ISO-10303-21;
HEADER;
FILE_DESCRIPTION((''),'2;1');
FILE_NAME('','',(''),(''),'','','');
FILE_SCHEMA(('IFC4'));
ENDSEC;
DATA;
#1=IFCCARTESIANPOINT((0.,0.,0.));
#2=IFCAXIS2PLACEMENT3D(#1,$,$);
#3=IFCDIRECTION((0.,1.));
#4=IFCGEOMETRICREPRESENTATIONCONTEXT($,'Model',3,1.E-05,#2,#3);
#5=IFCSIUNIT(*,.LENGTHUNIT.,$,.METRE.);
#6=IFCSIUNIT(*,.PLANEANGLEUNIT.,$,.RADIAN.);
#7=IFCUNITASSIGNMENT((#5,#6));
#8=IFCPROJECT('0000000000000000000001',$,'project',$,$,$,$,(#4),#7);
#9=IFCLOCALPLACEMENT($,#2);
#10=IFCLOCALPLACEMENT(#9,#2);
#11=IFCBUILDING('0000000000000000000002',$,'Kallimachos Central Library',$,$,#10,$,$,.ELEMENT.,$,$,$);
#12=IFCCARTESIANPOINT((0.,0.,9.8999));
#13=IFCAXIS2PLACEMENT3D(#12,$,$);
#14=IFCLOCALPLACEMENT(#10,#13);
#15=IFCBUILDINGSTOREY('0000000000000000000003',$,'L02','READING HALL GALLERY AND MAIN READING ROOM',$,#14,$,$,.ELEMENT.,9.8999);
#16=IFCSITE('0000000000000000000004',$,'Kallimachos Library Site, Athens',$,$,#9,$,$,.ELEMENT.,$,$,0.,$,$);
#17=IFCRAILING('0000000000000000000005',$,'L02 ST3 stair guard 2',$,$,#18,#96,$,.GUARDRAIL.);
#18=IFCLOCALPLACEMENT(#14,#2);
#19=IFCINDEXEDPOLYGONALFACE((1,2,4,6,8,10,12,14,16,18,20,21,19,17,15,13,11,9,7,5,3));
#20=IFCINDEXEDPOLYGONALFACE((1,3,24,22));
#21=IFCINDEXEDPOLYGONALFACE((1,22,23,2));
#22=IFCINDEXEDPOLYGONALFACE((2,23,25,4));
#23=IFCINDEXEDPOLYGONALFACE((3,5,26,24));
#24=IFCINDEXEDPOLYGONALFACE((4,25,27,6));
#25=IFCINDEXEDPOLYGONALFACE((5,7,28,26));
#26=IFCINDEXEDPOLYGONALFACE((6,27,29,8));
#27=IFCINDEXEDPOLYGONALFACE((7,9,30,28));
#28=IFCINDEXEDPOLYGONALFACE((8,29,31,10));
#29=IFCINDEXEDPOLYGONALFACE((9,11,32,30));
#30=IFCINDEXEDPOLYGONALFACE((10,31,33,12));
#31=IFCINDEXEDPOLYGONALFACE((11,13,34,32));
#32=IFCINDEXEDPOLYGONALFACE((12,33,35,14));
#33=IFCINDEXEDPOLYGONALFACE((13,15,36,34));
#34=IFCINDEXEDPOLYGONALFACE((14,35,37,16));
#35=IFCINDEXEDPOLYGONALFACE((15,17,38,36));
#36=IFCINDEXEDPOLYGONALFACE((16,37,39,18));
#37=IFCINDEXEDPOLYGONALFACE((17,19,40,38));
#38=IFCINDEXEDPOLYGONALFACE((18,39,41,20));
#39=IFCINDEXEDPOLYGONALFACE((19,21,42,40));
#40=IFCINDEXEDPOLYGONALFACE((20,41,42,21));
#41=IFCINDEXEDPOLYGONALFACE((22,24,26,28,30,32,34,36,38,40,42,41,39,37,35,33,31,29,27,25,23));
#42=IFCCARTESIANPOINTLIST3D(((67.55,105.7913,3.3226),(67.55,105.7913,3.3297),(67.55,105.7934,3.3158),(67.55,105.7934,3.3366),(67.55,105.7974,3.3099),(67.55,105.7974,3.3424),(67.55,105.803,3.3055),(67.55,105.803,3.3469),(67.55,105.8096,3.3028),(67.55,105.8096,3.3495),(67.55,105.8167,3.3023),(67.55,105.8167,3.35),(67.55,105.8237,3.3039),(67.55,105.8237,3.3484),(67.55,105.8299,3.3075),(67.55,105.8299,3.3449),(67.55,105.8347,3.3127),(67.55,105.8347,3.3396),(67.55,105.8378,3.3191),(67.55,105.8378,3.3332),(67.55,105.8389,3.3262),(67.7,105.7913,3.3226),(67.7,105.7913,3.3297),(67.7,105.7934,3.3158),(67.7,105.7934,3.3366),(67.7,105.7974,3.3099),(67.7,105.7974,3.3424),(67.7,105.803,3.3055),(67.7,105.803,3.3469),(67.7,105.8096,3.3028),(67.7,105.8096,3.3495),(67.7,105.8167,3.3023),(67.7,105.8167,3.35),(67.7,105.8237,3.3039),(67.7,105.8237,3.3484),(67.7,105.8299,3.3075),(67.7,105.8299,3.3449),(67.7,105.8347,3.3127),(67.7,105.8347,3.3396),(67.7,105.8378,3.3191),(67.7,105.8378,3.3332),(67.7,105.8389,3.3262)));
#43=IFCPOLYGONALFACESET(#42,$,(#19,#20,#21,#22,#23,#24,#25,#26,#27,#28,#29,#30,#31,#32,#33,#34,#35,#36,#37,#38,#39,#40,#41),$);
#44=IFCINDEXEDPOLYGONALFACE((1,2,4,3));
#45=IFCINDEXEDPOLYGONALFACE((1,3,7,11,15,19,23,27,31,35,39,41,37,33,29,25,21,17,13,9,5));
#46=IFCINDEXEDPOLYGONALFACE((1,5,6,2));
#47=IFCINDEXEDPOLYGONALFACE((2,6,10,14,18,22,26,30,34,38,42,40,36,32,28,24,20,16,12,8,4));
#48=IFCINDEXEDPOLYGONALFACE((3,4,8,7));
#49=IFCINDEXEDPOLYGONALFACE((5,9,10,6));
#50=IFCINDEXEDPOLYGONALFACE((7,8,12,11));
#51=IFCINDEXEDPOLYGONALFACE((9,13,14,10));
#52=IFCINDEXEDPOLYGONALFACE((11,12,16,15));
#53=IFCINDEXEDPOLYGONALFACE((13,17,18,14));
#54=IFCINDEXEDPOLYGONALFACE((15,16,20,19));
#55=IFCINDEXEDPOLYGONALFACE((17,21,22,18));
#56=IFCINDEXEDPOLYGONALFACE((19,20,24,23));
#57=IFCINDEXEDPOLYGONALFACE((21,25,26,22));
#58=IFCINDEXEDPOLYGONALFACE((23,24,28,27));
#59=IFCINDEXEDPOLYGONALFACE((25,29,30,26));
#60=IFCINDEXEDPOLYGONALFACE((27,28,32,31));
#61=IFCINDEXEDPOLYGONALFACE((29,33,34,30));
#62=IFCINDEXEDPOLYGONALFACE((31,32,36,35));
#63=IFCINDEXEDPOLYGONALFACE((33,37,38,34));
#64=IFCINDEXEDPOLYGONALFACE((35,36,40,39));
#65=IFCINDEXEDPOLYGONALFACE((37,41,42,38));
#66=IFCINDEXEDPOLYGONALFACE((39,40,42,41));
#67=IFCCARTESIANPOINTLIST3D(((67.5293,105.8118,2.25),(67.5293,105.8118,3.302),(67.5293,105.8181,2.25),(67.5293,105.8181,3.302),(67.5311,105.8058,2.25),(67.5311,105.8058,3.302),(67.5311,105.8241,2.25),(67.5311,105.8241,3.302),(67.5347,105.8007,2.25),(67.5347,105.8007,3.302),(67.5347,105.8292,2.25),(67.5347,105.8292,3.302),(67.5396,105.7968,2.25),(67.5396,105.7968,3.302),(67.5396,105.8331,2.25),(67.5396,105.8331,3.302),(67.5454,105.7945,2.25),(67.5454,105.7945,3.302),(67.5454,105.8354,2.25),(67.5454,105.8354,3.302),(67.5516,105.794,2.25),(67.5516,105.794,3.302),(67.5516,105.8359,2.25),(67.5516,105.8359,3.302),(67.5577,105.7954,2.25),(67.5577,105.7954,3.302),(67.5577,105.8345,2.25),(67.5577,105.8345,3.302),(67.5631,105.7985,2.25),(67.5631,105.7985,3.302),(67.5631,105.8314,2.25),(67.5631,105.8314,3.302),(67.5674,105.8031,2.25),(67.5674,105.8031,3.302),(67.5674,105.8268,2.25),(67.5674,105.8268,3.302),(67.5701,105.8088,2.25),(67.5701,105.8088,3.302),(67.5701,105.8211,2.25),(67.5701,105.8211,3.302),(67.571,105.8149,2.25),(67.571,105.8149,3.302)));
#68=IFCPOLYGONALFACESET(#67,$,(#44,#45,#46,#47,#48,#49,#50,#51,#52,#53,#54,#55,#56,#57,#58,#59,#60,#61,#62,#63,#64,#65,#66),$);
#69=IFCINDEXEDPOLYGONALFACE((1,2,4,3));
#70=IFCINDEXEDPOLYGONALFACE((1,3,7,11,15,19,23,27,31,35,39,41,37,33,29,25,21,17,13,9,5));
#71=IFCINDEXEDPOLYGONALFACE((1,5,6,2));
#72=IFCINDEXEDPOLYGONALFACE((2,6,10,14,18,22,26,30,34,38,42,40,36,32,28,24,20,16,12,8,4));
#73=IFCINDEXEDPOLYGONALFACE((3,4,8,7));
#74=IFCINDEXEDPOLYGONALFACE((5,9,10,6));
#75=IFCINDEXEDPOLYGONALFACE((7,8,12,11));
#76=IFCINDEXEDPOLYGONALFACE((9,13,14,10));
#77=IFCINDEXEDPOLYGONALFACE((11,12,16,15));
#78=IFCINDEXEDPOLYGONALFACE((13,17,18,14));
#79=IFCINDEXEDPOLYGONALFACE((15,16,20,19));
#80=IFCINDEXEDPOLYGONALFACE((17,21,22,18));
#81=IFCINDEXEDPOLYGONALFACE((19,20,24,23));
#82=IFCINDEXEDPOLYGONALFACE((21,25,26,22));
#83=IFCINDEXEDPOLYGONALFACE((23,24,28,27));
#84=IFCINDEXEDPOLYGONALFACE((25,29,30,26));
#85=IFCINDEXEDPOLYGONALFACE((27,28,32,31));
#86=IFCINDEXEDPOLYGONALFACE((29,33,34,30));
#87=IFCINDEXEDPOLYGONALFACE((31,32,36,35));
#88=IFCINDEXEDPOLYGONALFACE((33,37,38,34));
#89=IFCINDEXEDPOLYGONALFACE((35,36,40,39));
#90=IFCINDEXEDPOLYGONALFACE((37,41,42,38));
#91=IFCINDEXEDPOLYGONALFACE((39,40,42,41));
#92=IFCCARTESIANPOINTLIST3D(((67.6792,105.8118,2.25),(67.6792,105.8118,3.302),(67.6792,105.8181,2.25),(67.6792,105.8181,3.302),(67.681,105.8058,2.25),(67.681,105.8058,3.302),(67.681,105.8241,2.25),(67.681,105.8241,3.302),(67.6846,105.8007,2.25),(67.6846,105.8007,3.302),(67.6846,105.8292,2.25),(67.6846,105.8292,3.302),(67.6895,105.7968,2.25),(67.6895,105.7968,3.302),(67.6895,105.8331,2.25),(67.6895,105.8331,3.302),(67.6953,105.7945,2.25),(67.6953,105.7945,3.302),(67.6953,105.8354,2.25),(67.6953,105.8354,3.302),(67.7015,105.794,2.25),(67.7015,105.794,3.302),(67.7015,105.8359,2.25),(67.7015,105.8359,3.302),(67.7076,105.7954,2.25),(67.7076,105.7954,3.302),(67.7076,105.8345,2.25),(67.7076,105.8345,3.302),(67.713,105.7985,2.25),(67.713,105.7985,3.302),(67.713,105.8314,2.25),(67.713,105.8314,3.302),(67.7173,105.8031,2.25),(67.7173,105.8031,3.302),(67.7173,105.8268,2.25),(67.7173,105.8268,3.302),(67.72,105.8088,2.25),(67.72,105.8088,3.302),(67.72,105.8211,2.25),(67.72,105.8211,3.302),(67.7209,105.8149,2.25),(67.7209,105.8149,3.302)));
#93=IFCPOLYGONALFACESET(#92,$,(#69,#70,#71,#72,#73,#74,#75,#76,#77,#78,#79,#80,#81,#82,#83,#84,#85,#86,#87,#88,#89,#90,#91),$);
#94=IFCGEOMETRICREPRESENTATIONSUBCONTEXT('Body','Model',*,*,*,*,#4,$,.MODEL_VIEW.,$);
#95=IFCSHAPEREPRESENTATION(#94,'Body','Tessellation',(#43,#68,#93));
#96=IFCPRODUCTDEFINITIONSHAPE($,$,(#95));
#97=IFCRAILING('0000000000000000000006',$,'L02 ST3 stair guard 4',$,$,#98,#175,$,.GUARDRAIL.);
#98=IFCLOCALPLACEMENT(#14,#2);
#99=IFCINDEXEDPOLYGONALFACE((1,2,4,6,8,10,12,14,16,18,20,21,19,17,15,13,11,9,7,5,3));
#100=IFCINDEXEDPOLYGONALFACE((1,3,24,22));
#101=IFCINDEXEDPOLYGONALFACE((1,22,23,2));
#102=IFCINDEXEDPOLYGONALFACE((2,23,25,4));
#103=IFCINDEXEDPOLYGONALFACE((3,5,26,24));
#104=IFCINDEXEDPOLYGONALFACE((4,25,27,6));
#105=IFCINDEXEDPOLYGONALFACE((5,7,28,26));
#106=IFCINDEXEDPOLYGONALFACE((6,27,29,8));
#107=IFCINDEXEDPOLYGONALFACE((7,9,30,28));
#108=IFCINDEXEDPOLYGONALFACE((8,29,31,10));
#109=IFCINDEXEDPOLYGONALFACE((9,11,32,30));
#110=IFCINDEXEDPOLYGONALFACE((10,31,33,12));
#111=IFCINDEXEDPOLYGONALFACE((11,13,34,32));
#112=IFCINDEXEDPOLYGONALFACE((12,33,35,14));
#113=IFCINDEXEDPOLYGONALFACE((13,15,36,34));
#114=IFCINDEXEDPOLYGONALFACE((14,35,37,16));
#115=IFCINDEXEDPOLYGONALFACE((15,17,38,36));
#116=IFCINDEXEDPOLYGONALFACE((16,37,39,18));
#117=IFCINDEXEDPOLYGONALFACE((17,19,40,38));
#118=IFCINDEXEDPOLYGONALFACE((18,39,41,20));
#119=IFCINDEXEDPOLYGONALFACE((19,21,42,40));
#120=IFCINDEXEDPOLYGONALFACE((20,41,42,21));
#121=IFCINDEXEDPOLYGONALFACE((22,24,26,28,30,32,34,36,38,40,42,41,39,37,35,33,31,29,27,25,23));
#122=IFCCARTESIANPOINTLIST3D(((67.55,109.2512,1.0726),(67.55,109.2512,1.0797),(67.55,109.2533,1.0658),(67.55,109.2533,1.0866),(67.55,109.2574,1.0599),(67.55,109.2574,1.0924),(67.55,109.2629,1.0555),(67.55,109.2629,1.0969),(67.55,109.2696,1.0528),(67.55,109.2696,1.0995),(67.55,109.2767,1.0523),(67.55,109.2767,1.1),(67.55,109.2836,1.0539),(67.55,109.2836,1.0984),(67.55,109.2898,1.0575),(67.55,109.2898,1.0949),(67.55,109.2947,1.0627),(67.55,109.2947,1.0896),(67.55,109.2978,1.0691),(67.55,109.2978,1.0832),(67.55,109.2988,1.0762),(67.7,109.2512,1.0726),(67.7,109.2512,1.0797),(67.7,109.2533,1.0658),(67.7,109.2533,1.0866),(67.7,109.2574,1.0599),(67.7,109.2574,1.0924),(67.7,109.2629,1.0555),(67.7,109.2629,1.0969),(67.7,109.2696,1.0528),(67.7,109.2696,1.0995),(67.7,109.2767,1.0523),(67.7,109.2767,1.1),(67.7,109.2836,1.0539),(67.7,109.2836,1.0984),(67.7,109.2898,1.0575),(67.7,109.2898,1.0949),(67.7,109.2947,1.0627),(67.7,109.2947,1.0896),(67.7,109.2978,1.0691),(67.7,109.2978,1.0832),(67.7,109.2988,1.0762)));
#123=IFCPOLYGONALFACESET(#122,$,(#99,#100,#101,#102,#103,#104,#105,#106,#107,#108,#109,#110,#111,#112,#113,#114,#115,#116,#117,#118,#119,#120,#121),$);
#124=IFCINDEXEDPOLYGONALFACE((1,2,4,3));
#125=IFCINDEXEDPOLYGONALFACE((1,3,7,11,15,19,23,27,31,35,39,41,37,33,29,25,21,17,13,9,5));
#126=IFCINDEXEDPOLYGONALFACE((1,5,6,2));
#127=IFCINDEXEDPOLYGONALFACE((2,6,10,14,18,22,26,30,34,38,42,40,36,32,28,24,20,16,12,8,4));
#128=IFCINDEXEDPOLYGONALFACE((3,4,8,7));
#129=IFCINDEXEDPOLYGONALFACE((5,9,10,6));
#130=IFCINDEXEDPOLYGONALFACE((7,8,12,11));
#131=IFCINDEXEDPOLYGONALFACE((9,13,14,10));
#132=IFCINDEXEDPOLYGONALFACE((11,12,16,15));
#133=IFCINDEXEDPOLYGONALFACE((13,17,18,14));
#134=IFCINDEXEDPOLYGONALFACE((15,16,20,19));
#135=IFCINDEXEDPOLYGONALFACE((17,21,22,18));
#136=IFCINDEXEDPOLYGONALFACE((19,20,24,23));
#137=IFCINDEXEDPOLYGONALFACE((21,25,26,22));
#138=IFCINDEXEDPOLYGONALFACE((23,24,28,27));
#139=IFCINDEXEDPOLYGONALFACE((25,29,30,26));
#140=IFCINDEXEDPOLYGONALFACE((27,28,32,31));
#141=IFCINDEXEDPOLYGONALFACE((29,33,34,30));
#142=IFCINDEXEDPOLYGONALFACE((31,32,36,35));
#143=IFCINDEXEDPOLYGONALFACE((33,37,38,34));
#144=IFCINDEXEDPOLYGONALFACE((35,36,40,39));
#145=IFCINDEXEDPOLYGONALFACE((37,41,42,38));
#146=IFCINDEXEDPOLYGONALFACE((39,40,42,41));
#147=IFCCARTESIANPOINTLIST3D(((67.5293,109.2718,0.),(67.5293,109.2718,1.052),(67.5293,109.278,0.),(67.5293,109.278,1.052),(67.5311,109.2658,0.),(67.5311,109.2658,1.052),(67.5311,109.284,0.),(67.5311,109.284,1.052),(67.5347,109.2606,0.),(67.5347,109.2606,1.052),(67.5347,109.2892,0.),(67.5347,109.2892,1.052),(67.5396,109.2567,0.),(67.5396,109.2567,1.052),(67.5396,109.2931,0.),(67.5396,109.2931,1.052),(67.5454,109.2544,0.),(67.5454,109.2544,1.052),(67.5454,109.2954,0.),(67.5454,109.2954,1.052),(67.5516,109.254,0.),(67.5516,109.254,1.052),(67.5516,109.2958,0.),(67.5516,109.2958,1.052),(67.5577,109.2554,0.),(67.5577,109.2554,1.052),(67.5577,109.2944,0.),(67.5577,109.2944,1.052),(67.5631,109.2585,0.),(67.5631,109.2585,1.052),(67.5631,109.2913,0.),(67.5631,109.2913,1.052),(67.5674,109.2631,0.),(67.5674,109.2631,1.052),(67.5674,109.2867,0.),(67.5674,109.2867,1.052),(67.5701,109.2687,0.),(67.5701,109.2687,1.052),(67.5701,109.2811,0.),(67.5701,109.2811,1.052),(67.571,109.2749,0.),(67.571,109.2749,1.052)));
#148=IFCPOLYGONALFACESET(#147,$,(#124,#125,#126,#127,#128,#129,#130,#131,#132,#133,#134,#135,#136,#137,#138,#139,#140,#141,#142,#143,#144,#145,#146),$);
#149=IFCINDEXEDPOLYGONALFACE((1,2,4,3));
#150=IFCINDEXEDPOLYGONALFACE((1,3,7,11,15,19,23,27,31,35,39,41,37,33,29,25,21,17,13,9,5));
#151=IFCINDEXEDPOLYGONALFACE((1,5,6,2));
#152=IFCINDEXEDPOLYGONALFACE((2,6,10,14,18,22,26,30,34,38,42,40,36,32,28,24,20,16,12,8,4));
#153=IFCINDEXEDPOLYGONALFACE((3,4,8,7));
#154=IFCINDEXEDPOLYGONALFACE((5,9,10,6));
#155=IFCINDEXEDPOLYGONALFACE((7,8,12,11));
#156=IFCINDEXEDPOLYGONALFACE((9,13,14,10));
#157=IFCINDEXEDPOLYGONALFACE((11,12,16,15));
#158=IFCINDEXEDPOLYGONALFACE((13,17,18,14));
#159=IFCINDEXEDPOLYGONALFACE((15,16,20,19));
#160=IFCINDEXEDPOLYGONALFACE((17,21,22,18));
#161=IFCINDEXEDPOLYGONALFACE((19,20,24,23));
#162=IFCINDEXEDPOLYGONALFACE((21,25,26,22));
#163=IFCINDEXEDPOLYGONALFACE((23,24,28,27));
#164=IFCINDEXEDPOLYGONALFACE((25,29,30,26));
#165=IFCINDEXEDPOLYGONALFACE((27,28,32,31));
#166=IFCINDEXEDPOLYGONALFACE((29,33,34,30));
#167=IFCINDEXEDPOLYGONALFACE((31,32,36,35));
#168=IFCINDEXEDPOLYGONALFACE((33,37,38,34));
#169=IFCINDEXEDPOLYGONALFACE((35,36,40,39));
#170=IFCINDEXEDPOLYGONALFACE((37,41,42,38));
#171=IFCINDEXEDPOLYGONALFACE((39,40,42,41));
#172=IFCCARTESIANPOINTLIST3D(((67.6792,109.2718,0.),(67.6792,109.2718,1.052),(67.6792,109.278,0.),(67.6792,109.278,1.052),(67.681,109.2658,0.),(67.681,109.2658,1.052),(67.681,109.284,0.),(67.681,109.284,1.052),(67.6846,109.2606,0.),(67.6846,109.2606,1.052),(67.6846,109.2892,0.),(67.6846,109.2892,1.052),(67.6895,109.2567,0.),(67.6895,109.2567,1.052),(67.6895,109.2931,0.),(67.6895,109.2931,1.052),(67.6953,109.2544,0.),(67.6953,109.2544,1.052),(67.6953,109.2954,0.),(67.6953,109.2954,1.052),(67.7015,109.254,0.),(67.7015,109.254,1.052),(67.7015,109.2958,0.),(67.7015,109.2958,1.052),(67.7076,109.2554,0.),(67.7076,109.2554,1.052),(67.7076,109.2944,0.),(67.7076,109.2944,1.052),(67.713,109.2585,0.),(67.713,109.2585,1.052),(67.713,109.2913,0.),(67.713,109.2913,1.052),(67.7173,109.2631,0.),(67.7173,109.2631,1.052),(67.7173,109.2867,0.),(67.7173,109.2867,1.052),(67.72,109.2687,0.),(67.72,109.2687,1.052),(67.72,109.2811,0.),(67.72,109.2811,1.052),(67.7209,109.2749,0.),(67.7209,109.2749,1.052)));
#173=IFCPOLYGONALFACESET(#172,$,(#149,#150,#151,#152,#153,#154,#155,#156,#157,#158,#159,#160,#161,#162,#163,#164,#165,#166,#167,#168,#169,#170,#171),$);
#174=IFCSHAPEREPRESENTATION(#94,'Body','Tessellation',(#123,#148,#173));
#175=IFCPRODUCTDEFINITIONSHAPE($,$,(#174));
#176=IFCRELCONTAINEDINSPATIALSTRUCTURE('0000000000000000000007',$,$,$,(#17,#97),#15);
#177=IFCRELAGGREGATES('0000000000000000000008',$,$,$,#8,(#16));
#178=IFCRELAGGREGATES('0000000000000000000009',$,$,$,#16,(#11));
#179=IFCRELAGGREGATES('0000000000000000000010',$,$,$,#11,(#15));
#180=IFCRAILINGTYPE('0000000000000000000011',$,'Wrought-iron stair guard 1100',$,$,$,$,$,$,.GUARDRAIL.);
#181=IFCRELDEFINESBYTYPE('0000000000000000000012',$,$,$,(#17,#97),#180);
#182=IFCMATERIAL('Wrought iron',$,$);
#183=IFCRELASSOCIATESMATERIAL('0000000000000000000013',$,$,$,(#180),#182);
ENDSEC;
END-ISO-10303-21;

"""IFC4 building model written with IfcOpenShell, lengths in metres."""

from ifc_helpers import new_model, si_unit, direction, frame, origin, origin_2d, place, context, subcontext, project, spatial, circle, extrude, material, type_object, element, save


model = new_model("IFC4")

# Units and contexts
model_context = context("Model", 3, precision=1e-05, world=origin(), true_north=direction((0.0, 1.0)))
body_context = subcontext(model_context, "Body", "Model", "MODEL_VIEW")
ifc_project = project(units=[si_unit("LENGTHUNIT", "METRE"), si_unit("PLANEANGLEUNIT", "RADIAN")], contexts=[model_context])

# Site, building, storey
site_placement = place(None, origin())
site = spatial("IfcSite", under=ifc_project, at=site_placement, Name="Kallimachos Library Site, Athens", CompositionType="ELEMENT", RefElevation=0.0)
building_placement = place(site_placement, origin())
building = spatial("IfcBuilding", under=site, at=building_placement, Name="Kallimachos Central Library", CompositionType="ELEMENT")
storey_placement = place(building_placement, frame((0.0, 0.0, 9.8999)))
storey = spatial("IfcBuildingStorey", under=building, at=storey_placement, Name="L02", Description="READING HALL GALLERY AND MAIN READING ROOM", CompositionType="ELEMENT", Elevation=9.8999)

# Railings
ifc_material_1 = material(Name="Wrought iron")
railing_type_1 = type_object("IfcRailingType", Name="Wrought-iron stair guard 1100", PredefinedType="GUARDRAIL", material=ifc_material_1)
for number, where, name in (
    (1, (67.55, 105.8149, 2.25), "L02 ST3 stair guard 2"),
    (2, (67.55, 109.2749, 0.0), "L02 ST3 stair guard 4"),
):
    element("IfcRailing", number, at=place(storey_placement, frame(where)), inside=storey, type_object=railing_type_1, Name=name, PredefinedType="GUARDRAIL", context=body_context, shape_type="SweptSolid", body=[
        extrude(circle(Radius=0.0239, at=origin_2d()), frame((0.0, 0.0, 1.0762), z_axis=(1.0, 0.0, 0.0), x_axis=(0.0, 1.0, 0.0)), (0.0, 0.0, 1.0), 0.1499),
        extrude(circle(Radius=0.021, at=origin_2d()), origin(), (0.0, 0.0, 1.0), 1.052),
        extrude(circle(Radius=0.021, at=origin_2d()), frame((0.1499, 0.0, 0.0)), (0.0, 0.0, 1.0), 1.052),
    ])

save(model, "model.ifc")
